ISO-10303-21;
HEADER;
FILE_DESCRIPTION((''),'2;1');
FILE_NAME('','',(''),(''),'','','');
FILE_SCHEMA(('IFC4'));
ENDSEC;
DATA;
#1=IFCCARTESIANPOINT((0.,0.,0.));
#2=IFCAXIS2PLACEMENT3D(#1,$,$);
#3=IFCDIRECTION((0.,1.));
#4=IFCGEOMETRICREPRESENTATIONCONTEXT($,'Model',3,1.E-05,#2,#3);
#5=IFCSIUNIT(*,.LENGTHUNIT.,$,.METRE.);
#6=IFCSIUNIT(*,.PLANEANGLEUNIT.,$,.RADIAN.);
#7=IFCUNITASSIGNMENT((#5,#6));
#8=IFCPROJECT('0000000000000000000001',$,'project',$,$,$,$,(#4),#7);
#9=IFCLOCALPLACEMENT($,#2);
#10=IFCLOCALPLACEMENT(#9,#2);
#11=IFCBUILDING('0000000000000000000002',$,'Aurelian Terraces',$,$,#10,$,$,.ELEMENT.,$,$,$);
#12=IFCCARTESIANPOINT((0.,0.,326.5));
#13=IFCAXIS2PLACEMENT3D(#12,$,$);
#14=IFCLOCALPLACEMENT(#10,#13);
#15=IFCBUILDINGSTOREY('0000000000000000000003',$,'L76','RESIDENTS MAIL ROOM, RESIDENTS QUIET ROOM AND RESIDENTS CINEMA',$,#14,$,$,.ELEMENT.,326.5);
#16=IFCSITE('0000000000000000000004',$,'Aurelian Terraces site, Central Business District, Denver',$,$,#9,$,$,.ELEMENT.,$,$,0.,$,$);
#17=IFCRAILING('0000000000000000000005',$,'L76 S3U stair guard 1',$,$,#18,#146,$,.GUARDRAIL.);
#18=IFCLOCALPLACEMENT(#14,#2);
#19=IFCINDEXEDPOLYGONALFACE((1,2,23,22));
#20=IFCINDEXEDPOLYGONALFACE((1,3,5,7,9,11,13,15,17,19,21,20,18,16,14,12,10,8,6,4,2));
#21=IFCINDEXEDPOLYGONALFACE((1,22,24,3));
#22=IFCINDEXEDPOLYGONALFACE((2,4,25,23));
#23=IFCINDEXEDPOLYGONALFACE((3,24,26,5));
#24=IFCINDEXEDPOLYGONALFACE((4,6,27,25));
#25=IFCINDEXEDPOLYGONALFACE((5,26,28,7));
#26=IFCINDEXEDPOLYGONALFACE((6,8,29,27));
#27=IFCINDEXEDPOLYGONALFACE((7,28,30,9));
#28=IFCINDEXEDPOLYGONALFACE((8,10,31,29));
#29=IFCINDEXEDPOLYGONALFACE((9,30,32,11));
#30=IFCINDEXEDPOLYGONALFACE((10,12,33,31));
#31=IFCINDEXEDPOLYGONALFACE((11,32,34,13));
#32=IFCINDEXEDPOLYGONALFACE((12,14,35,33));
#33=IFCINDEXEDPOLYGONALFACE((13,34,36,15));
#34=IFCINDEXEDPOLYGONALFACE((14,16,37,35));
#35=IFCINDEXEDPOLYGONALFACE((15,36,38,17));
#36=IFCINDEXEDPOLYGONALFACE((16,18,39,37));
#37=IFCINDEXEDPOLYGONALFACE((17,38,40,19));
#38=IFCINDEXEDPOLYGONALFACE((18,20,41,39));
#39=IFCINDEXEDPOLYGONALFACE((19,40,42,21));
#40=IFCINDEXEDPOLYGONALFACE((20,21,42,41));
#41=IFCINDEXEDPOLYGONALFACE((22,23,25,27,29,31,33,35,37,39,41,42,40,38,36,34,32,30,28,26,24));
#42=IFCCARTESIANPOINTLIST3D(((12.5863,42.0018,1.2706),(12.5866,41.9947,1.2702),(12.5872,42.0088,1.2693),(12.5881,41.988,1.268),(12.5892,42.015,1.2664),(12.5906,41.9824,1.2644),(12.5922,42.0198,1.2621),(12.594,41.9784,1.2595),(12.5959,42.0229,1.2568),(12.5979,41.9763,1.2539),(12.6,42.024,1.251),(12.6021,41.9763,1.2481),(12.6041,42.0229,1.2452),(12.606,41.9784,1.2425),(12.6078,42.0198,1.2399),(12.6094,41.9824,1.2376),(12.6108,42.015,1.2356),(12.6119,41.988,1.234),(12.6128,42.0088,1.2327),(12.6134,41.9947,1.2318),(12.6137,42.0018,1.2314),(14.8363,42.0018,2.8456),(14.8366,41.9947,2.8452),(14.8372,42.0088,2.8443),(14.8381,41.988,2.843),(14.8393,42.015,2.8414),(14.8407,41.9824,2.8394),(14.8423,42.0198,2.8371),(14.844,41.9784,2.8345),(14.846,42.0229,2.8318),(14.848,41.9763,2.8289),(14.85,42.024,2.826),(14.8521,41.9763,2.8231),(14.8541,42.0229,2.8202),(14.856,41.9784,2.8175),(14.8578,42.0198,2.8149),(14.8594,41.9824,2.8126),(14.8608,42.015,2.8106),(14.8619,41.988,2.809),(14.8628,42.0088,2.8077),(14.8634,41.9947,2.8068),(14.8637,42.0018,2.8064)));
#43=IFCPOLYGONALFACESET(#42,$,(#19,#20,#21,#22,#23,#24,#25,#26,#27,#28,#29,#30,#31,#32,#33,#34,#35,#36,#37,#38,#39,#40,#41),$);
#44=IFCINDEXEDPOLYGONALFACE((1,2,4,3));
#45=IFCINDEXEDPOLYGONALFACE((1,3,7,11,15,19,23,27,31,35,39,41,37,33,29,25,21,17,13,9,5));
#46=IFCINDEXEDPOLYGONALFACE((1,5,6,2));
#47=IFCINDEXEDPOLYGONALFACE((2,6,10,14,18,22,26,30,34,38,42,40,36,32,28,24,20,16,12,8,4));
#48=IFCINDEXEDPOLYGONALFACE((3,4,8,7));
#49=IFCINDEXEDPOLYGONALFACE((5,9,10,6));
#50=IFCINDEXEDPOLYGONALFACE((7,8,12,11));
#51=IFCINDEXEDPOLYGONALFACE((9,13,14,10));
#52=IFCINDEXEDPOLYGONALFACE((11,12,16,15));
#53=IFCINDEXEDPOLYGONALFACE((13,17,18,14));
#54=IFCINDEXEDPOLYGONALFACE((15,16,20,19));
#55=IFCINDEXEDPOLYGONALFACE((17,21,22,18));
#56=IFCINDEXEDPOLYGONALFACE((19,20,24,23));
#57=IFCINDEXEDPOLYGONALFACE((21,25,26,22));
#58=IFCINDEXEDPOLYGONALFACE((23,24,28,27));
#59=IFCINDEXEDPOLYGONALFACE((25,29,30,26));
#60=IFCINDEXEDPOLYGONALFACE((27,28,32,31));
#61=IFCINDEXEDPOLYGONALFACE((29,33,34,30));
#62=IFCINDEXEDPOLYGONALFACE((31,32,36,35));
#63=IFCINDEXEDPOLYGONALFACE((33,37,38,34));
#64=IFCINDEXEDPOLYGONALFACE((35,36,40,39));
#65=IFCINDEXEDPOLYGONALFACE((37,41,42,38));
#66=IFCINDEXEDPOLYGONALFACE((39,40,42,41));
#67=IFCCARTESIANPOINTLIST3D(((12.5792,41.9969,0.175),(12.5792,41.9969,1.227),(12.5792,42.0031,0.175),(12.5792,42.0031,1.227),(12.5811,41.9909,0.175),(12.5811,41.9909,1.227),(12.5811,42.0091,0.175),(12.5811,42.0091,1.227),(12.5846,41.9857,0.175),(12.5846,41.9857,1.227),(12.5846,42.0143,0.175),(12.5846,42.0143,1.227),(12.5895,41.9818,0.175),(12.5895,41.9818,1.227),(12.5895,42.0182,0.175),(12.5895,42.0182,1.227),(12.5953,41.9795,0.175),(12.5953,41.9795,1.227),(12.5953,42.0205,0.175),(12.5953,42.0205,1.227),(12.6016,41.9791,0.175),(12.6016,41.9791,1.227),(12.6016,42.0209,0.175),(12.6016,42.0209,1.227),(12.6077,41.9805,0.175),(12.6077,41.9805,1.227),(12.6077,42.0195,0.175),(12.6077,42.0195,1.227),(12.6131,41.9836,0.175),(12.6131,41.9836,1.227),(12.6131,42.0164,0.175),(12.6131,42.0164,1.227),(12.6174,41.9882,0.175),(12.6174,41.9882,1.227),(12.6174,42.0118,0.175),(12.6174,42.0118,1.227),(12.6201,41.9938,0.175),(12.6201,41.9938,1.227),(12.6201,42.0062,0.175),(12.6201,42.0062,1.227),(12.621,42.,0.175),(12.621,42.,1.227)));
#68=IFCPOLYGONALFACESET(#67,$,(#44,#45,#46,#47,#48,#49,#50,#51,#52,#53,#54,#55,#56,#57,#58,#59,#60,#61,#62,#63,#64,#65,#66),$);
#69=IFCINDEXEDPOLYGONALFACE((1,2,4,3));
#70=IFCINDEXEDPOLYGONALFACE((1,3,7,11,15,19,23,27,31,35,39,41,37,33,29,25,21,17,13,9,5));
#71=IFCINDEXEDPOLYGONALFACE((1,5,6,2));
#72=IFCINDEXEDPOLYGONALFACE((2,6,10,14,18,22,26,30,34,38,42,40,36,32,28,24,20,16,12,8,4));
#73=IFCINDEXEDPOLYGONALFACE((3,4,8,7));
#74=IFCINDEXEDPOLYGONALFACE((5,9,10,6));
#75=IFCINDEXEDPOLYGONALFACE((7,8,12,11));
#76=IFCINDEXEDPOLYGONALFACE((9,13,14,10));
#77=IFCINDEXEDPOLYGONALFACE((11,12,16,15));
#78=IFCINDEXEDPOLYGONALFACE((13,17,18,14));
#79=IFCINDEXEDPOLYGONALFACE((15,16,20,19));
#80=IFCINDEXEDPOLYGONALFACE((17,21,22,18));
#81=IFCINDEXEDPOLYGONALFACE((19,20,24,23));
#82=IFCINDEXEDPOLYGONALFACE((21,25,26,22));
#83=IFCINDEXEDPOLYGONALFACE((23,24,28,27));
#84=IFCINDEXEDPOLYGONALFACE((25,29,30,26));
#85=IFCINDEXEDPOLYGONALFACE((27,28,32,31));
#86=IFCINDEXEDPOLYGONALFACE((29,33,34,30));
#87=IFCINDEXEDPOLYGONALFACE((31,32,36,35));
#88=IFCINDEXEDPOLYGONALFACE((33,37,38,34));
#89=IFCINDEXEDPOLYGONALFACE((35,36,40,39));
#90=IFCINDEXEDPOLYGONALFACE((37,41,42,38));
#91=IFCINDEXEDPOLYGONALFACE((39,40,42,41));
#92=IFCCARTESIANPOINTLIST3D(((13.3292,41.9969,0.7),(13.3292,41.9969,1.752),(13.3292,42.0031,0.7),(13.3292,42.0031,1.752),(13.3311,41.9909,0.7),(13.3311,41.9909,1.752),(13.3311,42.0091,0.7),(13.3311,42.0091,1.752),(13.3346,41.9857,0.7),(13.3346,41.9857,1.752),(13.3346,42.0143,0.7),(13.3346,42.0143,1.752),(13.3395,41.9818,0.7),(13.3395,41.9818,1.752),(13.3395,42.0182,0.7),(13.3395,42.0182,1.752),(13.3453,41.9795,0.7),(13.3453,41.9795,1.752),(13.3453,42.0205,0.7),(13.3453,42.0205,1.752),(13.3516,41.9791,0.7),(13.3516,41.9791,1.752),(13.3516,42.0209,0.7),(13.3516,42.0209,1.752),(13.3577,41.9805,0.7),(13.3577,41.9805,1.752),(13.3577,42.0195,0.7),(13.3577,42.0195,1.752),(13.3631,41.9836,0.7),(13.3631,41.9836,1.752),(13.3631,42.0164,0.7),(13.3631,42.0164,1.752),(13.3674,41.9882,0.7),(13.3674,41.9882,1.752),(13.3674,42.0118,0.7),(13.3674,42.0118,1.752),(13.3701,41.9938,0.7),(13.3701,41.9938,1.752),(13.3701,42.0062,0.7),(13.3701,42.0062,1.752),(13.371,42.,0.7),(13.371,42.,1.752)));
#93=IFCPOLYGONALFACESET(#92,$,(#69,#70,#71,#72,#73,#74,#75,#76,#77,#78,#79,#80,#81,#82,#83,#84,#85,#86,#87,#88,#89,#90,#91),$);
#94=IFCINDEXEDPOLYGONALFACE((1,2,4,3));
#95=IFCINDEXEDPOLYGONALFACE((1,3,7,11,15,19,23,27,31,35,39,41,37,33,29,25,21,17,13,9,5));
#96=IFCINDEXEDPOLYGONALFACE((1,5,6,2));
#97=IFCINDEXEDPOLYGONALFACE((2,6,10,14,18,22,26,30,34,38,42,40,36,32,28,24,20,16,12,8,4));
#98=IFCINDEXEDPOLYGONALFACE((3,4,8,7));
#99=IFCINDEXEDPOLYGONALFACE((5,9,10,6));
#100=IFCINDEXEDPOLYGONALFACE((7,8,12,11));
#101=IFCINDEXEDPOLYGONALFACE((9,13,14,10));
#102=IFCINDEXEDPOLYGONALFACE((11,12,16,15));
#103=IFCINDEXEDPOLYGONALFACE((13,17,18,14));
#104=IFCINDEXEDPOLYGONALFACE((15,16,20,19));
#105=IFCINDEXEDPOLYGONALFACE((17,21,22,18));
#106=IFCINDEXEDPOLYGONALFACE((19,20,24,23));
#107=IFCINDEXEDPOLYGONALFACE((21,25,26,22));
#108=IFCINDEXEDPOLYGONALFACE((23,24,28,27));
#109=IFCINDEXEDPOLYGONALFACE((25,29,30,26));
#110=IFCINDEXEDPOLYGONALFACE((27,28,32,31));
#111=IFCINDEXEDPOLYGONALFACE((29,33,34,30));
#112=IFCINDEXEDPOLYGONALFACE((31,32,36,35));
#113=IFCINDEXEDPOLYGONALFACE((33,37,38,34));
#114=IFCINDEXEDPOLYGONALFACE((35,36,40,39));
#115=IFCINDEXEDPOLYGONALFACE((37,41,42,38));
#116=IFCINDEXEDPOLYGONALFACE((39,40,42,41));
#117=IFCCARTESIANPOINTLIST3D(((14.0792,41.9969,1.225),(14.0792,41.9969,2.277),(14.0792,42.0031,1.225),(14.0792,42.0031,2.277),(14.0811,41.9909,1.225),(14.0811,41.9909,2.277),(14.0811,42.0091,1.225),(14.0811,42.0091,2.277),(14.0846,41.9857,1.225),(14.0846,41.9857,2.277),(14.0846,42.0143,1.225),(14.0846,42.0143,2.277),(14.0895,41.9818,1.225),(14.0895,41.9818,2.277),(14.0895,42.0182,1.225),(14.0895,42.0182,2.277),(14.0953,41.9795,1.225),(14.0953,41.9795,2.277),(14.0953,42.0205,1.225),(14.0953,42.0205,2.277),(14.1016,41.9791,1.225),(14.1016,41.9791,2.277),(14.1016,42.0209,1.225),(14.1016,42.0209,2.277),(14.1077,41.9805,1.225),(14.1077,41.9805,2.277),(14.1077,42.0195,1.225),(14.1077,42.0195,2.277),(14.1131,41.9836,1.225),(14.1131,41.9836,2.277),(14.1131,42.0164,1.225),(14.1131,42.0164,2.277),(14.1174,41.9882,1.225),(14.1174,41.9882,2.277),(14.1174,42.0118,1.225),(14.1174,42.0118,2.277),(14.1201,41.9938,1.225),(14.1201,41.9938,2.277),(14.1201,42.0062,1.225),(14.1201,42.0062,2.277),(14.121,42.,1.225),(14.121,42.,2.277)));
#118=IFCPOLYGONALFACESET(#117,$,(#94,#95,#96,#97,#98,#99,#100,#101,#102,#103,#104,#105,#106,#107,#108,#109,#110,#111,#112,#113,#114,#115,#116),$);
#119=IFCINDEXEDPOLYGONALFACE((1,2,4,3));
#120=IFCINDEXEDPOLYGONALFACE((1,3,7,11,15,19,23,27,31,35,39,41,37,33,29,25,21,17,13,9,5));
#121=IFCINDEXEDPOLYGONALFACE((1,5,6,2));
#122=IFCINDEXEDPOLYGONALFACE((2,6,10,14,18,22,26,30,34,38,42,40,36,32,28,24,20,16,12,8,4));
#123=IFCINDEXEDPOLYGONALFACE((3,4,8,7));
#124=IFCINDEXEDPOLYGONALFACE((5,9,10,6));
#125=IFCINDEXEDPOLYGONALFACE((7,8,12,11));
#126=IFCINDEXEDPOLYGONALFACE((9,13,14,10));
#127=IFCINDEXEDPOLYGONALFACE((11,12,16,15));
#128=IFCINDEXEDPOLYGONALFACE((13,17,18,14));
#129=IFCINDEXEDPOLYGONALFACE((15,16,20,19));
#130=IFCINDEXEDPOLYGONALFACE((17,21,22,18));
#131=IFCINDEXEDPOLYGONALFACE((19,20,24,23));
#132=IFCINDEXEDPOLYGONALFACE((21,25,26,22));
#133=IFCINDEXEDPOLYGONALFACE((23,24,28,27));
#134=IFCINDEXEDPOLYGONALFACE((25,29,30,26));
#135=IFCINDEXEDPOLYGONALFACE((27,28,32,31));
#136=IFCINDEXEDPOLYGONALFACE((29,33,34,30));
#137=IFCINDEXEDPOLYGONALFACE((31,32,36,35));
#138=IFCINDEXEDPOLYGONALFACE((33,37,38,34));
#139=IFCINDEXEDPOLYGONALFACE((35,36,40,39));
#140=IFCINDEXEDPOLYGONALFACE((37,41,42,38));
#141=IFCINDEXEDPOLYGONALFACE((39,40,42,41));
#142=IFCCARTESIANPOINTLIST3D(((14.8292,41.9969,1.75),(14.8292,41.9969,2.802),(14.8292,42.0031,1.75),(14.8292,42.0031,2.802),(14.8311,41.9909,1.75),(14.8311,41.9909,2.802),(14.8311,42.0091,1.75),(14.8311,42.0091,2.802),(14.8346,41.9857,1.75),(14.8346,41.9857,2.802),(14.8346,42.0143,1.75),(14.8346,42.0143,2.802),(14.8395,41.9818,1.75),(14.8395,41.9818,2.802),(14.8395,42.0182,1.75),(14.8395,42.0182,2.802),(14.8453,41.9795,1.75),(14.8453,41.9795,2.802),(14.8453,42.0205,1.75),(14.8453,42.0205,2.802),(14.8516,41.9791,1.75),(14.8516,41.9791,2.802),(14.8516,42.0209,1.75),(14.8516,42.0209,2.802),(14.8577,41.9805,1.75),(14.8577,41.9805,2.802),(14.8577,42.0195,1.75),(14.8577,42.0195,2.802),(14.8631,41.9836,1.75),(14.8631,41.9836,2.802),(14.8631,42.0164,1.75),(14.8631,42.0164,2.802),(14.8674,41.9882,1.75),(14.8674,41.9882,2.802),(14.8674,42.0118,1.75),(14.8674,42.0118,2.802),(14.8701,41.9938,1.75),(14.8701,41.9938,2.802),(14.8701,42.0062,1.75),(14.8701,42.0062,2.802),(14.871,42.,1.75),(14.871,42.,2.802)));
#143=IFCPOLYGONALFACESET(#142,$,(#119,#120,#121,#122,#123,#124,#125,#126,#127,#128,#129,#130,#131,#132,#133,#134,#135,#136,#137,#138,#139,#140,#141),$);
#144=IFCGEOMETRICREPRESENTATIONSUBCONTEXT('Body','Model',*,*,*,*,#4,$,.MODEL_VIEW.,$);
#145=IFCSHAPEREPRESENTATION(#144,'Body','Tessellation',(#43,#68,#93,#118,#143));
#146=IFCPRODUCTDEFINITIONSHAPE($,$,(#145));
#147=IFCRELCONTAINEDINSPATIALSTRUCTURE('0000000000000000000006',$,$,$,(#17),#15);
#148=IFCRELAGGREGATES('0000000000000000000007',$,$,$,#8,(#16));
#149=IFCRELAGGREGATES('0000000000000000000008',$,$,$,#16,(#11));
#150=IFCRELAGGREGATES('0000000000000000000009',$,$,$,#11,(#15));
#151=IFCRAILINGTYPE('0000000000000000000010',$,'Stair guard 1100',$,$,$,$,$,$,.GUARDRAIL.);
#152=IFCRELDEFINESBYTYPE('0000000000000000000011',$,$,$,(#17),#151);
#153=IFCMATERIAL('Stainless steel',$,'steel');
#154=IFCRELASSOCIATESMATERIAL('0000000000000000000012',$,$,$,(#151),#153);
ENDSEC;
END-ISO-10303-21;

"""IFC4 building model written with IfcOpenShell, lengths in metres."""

from ifc_helpers import new_model, si_unit, direction, frame, origin, origin_2d, place, context, subcontext, project, spatial, circle, extrude, source, transform, mapped, material, type_object, element, save


model = new_model("IFC4")

# Units and contexts
model_context = context("Model", 3, precision=1e-05, world=origin(), true_north=direction((0.0, 1.0)))
body_context = subcontext(model_context, "Body", "Model", "MODEL_VIEW")
ifc_project = project(units=[si_unit("LENGTHUNIT", "METRE"), si_unit("PLANEANGLEUNIT", "RADIAN")], contexts=[model_context])

# Site, building, storey
site_placement = place(None, origin())
site = spatial("IfcSite", under=ifc_project, at=site_placement, Name="Aurelian Terraces site, Central Business District, Denver", CompositionType="ELEMENT", RefElevation=0.0)
building_placement = place(site_placement, origin())
building = spatial("IfcBuilding", under=site, at=building_placement, Name="Aurelian Terraces", CompositionType="ELEMENT")
storey_placement = place(building_placement, frame((0.0, 0.0, 326.5)))
storey = spatial("IfcBuildingStorey", under=building, at=storey_placement, Name="L76", Description="RESIDENTS MAIL ROOM, RESIDENTS QUIET ROOM AND RESIDENTS CINEMA", CompositionType="ELEMENT", Elevation=326.5)

# Railing
ifc_material_1 = material(Name="Stainless steel", Category="steel")
railing_type_1 = type_object("IfcRailingType", Name="Stair guard 1100", PredefinedType="GUARDRAIL", material=ifc_material_1)
shared_shape_1 = source(origin(), body_context, "Body", "SweptSolid", [
    extrude(circle(Radius=0.024, at=origin_2d()), frame((0.0, 0.0, 1.076), z_axis=(0.819232, 0.0, 0.573462), x_axis=(0.0, 1.0, 0.0)), (0.0, 0.0, 1.0), 2.7465),
    extrude(circle(Radius=0.021, at=origin_2d()), origin(), (0.0, 0.0, 1.0), 1.052),
    extrude(circle(Radius=0.021, at=origin_2d()), frame((0.75, 0.0, 0.525)), (0.0, 0.0, 1.0), 1.052),
    extrude(circle(Radius=0.021, at=origin_2d()), frame((1.5, 0.0, 1.05)), (0.0, 0.0, 1.0), 1.052),
    extrude(circle(Radius=0.021, at=origin_2d()), frame((2.25, 0.0, 1.575)), (0.0, 0.0, 1.0), 1.052),
])
railing_1_placement = place(storey_placement, frame((12.6, 42.0, 0.175)))
element("IfcRailing", 1, at=railing_1_placement, inside=storey, type_object=railing_type_1, Name="L76 S3U stair guard 1", PredefinedType="GUARDRAIL", context=body_context, shape_type="MappedRepresentation", body=[
    mapped(shared_shape_1, transform((0.0, 0.0, 0.0), scale=1.0)),
])

save(model, "model.ifc")
